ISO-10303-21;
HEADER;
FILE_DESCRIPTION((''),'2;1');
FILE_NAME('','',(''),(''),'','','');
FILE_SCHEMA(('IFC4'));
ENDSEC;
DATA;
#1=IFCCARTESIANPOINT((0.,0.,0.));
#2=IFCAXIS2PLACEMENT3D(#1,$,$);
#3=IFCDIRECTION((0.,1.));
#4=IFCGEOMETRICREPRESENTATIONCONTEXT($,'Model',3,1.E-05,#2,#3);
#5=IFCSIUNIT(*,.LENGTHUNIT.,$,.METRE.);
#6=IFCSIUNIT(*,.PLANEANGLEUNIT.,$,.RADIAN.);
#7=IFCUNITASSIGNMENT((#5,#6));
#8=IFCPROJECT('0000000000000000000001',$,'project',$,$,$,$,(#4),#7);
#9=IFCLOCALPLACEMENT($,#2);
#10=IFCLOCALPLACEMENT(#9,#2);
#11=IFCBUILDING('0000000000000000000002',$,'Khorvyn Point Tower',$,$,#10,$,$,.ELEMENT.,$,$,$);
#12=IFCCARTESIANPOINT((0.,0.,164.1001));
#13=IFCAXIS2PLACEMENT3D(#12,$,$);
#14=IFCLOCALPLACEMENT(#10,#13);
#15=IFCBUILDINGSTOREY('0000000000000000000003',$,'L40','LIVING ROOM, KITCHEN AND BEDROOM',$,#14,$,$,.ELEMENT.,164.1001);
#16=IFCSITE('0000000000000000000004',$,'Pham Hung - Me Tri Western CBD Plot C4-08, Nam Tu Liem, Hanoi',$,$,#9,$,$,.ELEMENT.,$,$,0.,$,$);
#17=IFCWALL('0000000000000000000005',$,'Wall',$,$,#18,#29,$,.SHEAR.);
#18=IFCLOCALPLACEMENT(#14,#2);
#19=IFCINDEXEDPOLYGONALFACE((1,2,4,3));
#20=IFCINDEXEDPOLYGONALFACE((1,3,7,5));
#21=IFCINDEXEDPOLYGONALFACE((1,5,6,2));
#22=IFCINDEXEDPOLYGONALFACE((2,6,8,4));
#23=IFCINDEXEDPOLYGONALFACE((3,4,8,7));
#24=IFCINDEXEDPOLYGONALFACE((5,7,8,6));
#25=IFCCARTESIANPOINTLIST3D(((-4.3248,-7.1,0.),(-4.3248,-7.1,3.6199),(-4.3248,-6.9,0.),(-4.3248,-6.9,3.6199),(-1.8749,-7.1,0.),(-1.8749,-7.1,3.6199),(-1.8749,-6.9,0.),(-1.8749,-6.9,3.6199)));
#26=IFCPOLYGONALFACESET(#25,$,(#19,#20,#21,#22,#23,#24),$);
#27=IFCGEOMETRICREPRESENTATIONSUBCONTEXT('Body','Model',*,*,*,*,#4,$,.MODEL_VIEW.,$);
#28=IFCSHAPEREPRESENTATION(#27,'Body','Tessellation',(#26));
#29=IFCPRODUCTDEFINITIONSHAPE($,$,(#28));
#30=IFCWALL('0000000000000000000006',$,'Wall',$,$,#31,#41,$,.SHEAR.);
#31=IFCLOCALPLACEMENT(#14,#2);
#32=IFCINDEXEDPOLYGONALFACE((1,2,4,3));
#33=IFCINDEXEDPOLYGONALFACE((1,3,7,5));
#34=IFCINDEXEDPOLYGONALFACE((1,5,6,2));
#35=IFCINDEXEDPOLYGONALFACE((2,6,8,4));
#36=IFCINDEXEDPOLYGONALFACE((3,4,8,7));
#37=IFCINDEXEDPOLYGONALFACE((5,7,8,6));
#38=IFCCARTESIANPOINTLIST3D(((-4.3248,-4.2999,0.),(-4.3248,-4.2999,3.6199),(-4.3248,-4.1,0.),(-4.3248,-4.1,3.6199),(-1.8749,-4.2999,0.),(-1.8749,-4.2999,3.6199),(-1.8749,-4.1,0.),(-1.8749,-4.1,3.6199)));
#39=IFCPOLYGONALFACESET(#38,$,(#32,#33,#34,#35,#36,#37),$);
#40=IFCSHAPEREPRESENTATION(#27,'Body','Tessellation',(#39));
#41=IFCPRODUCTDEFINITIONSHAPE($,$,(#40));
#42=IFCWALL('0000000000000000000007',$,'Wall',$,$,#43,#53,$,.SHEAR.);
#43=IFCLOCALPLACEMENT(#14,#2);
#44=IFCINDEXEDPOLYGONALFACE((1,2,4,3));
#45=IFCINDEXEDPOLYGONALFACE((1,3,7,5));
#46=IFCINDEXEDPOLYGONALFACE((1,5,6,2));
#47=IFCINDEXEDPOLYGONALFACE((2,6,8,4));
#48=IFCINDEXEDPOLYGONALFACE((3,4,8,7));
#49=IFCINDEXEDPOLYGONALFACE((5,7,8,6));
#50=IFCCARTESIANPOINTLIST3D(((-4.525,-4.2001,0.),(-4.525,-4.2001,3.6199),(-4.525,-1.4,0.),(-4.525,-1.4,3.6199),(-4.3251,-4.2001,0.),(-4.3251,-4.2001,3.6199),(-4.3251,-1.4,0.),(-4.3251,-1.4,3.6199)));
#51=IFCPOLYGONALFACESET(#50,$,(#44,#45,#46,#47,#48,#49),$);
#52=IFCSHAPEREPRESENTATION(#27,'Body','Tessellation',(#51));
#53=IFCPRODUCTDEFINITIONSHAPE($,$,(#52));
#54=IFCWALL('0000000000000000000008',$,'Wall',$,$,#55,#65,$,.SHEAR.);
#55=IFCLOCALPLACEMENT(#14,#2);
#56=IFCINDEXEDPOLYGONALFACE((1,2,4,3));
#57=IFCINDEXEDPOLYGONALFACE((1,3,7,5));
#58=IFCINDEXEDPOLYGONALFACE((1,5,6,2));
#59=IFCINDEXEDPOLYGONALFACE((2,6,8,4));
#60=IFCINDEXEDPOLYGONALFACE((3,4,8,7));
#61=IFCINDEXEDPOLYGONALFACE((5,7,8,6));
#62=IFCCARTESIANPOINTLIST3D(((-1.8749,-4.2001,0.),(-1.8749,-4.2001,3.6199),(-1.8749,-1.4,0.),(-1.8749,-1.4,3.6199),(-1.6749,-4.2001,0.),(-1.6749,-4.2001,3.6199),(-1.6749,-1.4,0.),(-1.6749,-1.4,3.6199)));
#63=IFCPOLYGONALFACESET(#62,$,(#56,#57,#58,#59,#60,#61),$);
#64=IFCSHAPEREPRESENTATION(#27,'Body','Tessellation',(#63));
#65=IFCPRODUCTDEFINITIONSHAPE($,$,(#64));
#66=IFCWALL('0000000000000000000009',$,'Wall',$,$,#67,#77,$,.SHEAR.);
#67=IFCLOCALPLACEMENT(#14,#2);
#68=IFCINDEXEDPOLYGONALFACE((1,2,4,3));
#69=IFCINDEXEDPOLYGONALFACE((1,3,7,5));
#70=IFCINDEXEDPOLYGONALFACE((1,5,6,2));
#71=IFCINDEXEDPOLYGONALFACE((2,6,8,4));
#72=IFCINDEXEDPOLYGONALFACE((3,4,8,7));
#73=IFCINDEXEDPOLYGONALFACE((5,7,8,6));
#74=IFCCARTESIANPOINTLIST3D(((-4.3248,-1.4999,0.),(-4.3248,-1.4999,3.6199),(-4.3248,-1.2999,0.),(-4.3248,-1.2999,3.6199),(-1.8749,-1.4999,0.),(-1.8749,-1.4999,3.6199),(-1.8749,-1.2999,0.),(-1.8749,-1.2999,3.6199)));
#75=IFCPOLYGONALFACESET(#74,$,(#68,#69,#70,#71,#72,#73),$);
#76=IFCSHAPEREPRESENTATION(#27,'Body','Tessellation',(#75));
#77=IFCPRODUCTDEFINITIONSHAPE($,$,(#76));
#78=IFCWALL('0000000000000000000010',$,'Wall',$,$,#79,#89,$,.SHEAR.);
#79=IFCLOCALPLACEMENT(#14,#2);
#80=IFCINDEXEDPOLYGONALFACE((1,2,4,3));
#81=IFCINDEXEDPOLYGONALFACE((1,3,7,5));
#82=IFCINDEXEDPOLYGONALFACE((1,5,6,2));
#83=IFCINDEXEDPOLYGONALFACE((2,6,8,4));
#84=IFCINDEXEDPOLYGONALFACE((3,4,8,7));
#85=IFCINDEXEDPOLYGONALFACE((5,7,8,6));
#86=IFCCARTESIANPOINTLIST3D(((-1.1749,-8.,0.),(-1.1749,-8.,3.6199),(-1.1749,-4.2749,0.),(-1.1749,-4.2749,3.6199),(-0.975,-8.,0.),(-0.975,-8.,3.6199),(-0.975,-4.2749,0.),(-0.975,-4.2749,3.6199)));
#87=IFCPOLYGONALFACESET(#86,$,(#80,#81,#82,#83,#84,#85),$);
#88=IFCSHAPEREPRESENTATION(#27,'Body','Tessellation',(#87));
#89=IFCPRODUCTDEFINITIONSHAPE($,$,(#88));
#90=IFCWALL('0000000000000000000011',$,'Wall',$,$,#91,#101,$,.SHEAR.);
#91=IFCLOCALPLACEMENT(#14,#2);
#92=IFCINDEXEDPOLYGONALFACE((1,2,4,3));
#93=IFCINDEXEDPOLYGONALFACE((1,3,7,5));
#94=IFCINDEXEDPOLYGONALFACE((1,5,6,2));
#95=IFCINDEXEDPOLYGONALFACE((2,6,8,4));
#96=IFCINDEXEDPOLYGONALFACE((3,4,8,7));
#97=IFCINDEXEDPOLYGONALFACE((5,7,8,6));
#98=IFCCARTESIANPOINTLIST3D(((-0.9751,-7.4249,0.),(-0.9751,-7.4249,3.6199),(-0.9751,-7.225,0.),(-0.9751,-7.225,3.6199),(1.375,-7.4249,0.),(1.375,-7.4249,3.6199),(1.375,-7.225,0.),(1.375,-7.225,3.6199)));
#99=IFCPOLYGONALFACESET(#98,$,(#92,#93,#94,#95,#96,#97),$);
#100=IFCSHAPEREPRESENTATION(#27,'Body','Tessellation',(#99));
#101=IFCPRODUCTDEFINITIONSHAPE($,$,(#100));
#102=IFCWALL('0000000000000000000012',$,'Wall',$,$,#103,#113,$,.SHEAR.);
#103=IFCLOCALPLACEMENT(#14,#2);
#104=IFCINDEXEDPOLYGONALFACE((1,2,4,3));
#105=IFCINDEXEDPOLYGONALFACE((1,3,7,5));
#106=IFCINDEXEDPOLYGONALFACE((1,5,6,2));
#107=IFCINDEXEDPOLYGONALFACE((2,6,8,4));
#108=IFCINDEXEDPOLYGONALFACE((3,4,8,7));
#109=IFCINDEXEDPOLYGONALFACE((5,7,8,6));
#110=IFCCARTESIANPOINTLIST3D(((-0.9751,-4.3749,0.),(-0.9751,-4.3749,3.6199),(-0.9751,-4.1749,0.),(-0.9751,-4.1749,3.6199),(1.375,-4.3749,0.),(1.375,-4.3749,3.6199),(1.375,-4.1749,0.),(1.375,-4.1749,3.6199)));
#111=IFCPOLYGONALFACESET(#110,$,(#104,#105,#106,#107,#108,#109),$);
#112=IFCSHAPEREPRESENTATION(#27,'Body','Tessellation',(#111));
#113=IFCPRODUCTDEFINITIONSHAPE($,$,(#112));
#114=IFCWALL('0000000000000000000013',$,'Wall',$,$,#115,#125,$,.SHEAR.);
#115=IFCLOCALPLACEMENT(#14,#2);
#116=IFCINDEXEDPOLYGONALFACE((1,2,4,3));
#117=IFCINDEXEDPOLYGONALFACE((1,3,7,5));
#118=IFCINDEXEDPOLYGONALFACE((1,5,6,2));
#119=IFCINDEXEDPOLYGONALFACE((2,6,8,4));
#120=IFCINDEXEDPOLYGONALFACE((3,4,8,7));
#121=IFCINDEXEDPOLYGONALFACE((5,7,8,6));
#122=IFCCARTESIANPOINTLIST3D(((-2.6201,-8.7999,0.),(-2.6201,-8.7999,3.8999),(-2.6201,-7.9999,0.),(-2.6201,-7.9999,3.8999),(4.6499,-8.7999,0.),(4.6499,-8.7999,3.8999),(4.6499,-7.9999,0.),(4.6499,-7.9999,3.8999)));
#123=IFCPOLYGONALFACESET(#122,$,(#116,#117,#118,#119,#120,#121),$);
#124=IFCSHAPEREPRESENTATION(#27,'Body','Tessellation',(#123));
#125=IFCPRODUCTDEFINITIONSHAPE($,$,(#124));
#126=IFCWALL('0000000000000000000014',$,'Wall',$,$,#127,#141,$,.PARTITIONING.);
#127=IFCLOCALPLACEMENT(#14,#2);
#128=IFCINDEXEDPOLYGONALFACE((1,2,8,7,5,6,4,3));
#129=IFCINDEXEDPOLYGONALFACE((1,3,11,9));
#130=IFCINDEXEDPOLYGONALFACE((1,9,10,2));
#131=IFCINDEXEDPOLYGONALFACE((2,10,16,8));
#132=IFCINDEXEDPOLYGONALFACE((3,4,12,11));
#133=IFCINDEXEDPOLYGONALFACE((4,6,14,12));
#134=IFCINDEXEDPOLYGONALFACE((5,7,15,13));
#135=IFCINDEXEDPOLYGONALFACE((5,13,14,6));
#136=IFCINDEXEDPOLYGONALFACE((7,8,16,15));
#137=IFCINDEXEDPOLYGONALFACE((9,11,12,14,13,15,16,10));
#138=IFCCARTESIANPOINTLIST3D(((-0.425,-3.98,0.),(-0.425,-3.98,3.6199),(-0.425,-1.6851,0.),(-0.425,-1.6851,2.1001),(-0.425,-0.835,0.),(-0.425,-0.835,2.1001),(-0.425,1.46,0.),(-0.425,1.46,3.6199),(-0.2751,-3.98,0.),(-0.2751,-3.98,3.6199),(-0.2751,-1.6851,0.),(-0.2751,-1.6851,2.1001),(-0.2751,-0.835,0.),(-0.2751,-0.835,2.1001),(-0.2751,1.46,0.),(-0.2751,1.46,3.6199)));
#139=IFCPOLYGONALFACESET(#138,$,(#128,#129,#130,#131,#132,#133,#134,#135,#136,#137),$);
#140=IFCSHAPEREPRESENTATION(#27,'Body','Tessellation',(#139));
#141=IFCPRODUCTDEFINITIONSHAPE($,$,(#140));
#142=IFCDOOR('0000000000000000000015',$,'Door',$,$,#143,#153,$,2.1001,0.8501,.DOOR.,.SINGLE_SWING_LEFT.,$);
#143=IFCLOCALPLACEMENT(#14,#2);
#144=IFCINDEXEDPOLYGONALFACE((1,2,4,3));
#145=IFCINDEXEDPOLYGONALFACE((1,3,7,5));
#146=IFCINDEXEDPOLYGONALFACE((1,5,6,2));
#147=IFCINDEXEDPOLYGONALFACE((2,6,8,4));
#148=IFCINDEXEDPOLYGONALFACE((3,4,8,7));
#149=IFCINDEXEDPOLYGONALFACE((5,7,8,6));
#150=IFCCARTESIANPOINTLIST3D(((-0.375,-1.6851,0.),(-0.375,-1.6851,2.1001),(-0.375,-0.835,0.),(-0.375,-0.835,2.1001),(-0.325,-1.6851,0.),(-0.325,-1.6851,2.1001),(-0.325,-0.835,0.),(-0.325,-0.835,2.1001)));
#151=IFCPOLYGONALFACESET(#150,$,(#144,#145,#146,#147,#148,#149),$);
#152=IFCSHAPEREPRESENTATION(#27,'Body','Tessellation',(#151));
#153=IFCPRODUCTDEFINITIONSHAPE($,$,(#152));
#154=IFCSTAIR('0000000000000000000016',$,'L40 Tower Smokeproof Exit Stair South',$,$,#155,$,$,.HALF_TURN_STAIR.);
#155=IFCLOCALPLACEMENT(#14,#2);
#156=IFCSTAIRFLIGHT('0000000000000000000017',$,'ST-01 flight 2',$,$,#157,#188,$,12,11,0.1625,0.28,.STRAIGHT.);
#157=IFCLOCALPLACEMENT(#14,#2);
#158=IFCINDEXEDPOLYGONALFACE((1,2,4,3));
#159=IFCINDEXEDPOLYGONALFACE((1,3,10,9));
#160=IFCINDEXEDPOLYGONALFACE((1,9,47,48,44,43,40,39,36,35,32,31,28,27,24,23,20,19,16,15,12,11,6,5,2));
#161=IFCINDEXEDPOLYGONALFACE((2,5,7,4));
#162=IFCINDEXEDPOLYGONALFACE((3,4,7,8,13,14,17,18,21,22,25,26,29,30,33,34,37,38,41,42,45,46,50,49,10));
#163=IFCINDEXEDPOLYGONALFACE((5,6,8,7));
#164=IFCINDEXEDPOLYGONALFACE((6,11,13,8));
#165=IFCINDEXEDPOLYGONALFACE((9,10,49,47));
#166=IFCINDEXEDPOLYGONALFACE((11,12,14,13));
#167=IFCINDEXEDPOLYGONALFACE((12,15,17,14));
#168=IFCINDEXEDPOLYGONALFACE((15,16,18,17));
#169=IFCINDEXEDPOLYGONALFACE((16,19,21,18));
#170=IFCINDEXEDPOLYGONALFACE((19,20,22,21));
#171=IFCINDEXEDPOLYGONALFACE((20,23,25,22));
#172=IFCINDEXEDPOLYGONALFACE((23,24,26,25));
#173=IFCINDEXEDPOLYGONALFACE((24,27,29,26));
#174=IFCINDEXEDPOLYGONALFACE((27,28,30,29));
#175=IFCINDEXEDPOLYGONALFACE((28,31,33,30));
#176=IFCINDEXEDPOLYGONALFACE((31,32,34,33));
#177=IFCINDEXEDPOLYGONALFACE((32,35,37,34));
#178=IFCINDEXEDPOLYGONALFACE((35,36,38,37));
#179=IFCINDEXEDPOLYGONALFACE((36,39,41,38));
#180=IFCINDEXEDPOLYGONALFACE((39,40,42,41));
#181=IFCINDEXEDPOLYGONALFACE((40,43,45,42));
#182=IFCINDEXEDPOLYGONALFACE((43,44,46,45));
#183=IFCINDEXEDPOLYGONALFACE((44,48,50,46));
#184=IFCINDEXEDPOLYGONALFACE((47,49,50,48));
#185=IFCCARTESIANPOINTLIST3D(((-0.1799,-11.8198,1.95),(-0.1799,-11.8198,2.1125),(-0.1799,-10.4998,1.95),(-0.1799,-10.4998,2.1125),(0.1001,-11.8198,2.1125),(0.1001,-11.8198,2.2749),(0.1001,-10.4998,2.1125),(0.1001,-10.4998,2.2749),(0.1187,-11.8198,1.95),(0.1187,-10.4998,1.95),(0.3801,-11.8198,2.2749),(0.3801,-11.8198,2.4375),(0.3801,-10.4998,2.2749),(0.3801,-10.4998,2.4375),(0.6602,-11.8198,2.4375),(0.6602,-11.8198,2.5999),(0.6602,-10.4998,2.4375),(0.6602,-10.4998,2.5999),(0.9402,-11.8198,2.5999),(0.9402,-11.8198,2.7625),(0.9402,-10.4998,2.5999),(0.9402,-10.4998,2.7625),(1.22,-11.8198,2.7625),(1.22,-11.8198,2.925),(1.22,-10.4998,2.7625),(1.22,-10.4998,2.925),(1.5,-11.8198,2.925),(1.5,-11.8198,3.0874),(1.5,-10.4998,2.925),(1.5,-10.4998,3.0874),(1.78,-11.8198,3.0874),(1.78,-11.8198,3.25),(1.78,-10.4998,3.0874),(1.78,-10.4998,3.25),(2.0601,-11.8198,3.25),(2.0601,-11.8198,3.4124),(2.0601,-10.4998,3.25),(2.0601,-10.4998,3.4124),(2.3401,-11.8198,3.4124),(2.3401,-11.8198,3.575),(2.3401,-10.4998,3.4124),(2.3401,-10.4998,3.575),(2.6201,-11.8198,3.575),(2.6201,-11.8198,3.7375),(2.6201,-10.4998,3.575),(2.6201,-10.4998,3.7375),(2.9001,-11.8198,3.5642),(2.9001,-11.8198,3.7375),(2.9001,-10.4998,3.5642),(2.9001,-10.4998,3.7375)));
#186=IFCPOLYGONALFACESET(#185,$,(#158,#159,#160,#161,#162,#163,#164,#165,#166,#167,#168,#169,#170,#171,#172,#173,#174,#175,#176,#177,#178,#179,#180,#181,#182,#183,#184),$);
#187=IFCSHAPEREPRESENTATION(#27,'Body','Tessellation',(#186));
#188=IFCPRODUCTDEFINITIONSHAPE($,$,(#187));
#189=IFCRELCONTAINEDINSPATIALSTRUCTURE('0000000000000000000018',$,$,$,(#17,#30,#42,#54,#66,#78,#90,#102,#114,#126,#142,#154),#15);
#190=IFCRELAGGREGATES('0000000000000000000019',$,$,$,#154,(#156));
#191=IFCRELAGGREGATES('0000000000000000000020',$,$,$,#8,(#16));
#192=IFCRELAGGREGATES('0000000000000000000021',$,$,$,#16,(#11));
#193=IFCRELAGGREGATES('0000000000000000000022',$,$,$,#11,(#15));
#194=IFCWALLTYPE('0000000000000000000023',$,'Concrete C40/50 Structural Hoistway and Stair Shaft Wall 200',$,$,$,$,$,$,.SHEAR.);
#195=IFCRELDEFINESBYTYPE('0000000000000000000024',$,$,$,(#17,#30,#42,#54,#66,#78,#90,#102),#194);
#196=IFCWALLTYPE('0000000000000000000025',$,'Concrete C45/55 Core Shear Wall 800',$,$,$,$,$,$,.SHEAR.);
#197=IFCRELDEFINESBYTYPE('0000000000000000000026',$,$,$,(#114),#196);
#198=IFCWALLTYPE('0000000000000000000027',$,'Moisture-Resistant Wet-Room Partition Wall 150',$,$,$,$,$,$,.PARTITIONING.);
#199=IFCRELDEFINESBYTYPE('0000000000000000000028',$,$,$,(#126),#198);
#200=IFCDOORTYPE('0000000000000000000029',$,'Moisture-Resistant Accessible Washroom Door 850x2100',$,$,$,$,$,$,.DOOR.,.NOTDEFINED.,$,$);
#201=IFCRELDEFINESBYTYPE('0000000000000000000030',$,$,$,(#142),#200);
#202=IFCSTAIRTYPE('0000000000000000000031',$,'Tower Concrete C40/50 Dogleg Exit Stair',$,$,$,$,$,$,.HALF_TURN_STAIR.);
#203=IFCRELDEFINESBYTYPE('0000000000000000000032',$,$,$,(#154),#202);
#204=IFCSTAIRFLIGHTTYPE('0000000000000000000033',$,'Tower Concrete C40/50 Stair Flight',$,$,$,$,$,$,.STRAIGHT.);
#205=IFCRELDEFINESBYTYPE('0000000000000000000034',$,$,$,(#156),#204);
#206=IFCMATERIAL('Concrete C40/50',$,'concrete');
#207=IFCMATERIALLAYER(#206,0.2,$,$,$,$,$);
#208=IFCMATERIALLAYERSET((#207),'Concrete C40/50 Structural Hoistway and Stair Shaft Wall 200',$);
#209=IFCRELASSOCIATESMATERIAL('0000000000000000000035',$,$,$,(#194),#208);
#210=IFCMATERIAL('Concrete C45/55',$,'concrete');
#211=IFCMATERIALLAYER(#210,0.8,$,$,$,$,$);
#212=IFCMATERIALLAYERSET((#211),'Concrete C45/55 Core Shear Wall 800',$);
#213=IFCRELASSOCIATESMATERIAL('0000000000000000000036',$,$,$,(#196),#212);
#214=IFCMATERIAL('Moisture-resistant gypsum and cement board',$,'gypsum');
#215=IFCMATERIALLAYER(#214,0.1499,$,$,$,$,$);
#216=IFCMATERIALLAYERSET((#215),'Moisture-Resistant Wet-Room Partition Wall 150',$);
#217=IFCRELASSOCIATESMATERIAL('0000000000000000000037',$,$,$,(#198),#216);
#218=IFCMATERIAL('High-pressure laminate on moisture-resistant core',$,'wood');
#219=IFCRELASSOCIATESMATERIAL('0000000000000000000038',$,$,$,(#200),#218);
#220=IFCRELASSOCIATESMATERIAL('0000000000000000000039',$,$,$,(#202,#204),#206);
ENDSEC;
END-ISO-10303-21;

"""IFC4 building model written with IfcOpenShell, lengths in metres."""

from ifc_helpers import new_model, si_unit, direction, frame, frame_2d, origin, place, context, subcontext, project, spatial, polyline, rectangle, outline, extrude, material, layer, layer_set, type_object, element, fill, aggregate, save


model = new_model("IFC4")

# Units and contexts
model_context = context("Model", 3, precision=1e-05, world=origin(), true_north=direction((0.0, 1.0)))
body_context = subcontext(model_context, "Body", "Model", "MODEL_VIEW")
ifc_project = project(units=[si_unit("LENGTHUNIT", "METRE"), si_unit("PLANEANGLEUNIT", "RADIAN")], contexts=[model_context])

# Site, building, storey
site_placement = place(None, origin())
site = spatial("IfcSite", under=ifc_project, at=site_placement, Name="Pham Hung - Me Tri Western CBD Plot C4-08, Nam Tu Liem, Hanoi", CompositionType="ELEMENT", RefElevation=0.0)
building_placement = place(site_placement, origin())
building = spatial("IfcBuilding", under=site, at=building_placement, Name="Khorvyn Point Tower", CompositionType="ELEMENT")
storey_placement = place(building_placement, frame((0.0, 0.0, 164.1001)))
storey = spatial("IfcBuildingStorey", under=building, at=storey_placement, Name="L40", Description="LIVING ROOM, KITCHEN AND BEDROOM", CompositionType="ELEMENT", Elevation=164.1001)

# Shared definitions
ifc_material_1 = material(Name="Concrete C40/50", Category="concrete")

# Walls
ifc_layer_1 = layer(ifc_material_1, 0.2)
ifc_layer_set_1 = layer_set([ifc_layer_1], Name="Concrete C40/50 Structural Hoistway and Stair Shaft Wall 200")
wall_type_1 = type_object("IfcWallType", Name="Concrete C40/50 Structural Hoistway and Stair Shaft Wall 200", PredefinedType="SHEAR", material=ifc_layer_set_1)
for number, where, z_axis, x_axis, name in (
    (1, (-4.325, -7.0, 0.0), (0.0, 0.0, 1.0), (1.0, 0.0, 0.0), "Wall"),
    (2, (-4.325, -4.2, 0.0), (0.0, 0.0, 1.0), (1.0, 0.0, 0.0), "Wall"),
):
    element("IfcWall", number, at=place(storey_placement, frame(where, z_axis=z_axis, x_axis=x_axis)), inside=storey, type_object=wall_type_1, Name=name, PredefinedType="SHEAR", context=body_context, shape_type="SweptSolid", body=[
        extrude(rectangle(XDim=2.45, YDim=0.2, at=frame_2d((1.2251, 0.0))), origin(), (0.0, 0.0, 1.0), 3.6199),
    ])
for number, where, z_axis, x_axis, name in (
    (3, (-4.425, -4.2, 0.0), (0.0, 0.0, 1.0), (0.0, 1.0, 0.0), "Wall"),
    (4, (-1.7749, -4.2, 0.0), (0.0, 0.0, 1.0), (0.0, 1.0, 0.0), "Wall"),
):
    element("IfcWall", number, at=place(storey_placement, frame(where, z_axis=z_axis, x_axis=x_axis)), inside=storey, type_object=wall_type_1, Name=name, PredefinedType="SHEAR", context=body_context, shape_type="SweptSolid", body=[
        extrude(rectangle(XDim=2.8, YDim=0.2, at=frame_2d((1.3999, 0.0))), origin(), (0.0, 0.0, 1.0), 3.6199),
    ])
wall_1_placement = place(storey_placement, frame((-4.325, -1.3999, 0.0), z_axis=(0.0, 0.0, 1.0), x_axis=(1.0, 0.0, 0.0)))
element("IfcWall", 5, at=wall_1_placement, inside=storey, type_object=wall_type_1, Name="Wall", PredefinedType="SHEAR", context=body_context, shape_type="SweptSolid", body=[
    extrude(rectangle(XDim=2.45, YDim=0.2, at=frame_2d((1.2251, 0.0))), origin(), (0.0, 0.0, 1.0), 3.6199),
])
wall_2_placement = place(storey_placement, frame((-1.075, -8.0, 0.0), z_axis=(0.0, 0.0, 1.0), x_axis=(0.0, 1.0, 0.0)))
element("IfcWall", 6, at=wall_2_placement, inside=storey, type_object=wall_type_1, Name="Wall", PredefinedType="SHEAR", context=body_context, shape_type="SweptSolid", body=[
    extrude(rectangle(XDim=3.7251, YDim=0.2, at=frame_2d((1.8625, 0.0))), origin(), (0.0, 0.0, 1.0), 3.6199),
])
for number, where, z_axis, x_axis, name in (
    (7, (-0.9751, -7.325, 0.0), (0.0, 0.0, 1.0), (1.0, 0.0, 0.0), "Wall"),
    (8, (-0.9751, -4.2749, 0.0), (0.0, 0.0, 1.0), (1.0, 0.0, 0.0), "Wall"),
):
    element("IfcWall", number, at=place(storey_placement, frame(where, z_axis=z_axis, x_axis=x_axis)), inside=storey, type_object=wall_type_1, Name=name, PredefinedType="SHEAR", context=body_context, shape_type="SweptSolid", body=[
        extrude(rectangle(XDim=2.3501, YDim=0.2, at=frame_2d((1.175, 0.0))), origin(), (0.0, 0.0, 1.0), 3.6199),
    ])
ifc_material_2 = material(Name="Concrete C45/55", Category="concrete")
ifc_layer_2 = layer(ifc_material_2, 0.8)
ifc_layer_set_2 = layer_set([ifc_layer_2], Name="Concrete C45/55 Core Shear Wall 800")
wall_type_2 = type_object("IfcWallType", Name="Concrete C45/55 Core Shear Wall 800", PredefinedType="SHEAR", material=ifc_layer_set_2)
wall_3_placement = place(storey_placement, frame((-2.6201, -8.3999, 0.0), z_axis=(0.0, 0.0, 1.0), x_axis=(1.0, 0.0, 0.0)))
element("IfcWall", 9, at=wall_3_placement, inside=storey, type_object=wall_type_2, Name="Wall", PredefinedType="SHEAR", context=body_context, shape_type="SweptSolid", body=[
    extrude(rectangle(XDim=7.27, YDim=0.8, at=frame_2d((3.635, 0.0))), origin(), (0.0, 0.0, 1.0), 3.8999),
])

# Wall, opening, door
ifc_material_3 = material(Name="Moisture-resistant gypsum and cement board", Category="gypsum")
ifc_layer_3 = layer(ifc_material_3, 0.1499)
ifc_layer_set_3 = layer_set([ifc_layer_3], Name="Moisture-Resistant Wet-Room Partition Wall 150")
wall_type_3 = type_object("IfcWallType", Name="Moisture-Resistant Wet-Room Partition Wall 150", PredefinedType="PARTITIONING", material=ifc_layer_set_3)
wall_4_placement = place(storey_placement, frame((-0.3501, -3.98, 0.0), z_axis=(0.0, 0.0, 1.0), x_axis=(0.0, 1.0, 0.0)))
wall_4 = element("IfcWall", 10, at=wall_4_placement, inside=storey, type_object=wall_type_3, Name="Wall", PredefinedType="PARTITIONING", context=body_context, shape_type="SweptSolid", body=[
    extrude(rectangle(XDim=5.4399, YDim=0.1499, at=frame_2d((2.72, 0.0))), origin(), (0.0, 0.0, 1.0), 3.6199),
])
opening_1_placement = place(wall_4_placement, frame((2.2949, 0.0, 0.0)))
opening_1 = element("IfcOpeningElement", 11, at=opening_1_placement, cuts=wall_4, PredefinedType="OPENING", context=body_context, shape_type="SweptSolid", body=[
    extrude(rectangle(XDim=0.8501, YDim=2.1001, at=frame_2d((0.425, 1.05))), frame((0.0, 0.085, 0.0), z_axis=(0.0, -1.0, 0.0), x_axis=(1.0, 0.0, 0.0)), (0.0, 0.0, 1.0), 0.1699),
])
ifc_material_4 = material(Name="High-pressure laminate on moisture-resistant core", Category="wood")
door_type_1 = type_object("IfcDoorType", Name="Moisture-Resistant Accessible Washroom Door 850x2100", OperationType="NOTDEFINED", PredefinedType="DOOR", material=ifc_material_4)
door_1_placement = place(opening_1_placement, origin())
door_1 = element("IfcDoor", 12, at=door_1_placement, inside=storey, type_object=door_type_1, Name="Door", OperationType="SINGLE_SWING_LEFT", OverallHeight=2.1001, OverallWidth=0.8501, PredefinedType="DOOR", context=body_context, shape_type="SweptSolid", body=[
    extrude(rectangle(XDim=0.8501, YDim=2.1001, at=frame_2d((0.425, 1.05))), frame((0.0, 0.0249, 0.0), z_axis=(0.0, -1.0, 0.0), x_axis=(1.0, 0.0, 0.0)), (0.0, 0.0, 1.0), 0.05),
])
fill(opening_1, door_1)

# Stair, stair flight
stair_type = type_object("IfcStairType", Name="Tower Concrete C40/50 Dogleg Exit Stair", PredefinedType="HALF_TURN_STAIR", material=ifc_material_1)
stair_placement = place(storey_placement, origin())
stair = element("IfcStair", 13, at=stair_placement, inside=storey, type_object=stair_type, Name="L40 Tower Smokeproof Exit Stair South", PredefinedType="HALF_TURN_STAIR")
stair_flight_type = type_object("IfcStairFlightType", Name="Tower Concrete C40/50 Stair Flight", PredefinedType="STRAIGHT", material=ifc_material_1)
stair_flight_placement = place(storey_placement, frame((-0.1799, -11.1599, 1.95), z_axis=(0.0, 0.0, 1.0), x_axis=(1.0, 0.0, 0.0)))
stair_flight = element("IfcStairFlight", 14, at=stair_flight_placement, type_object=stair_flight_type, Name="ST-01 flight 2", NumberOfRisers=12, NumberOfTreads=11, PredefinedType="STRAIGHT", RiserHeight=0.1625, TreadLength=0.28, context=body_context, shape_type="SweptSolid", body=[
    extrude(outline(polyline([(0.0, 0.0), (0.0, 0.1626), (0.28, 0.1626), (0.28, 0.325), (0.5601, 0.325), (0.5601, 0.4875), (0.8401, 0.4875), (0.8401, 0.6499), (1.1201, 0.6499), (1.1201, 0.8125), (1.3999, 0.8125), (1.3999, 0.9751), (1.6799, 0.9751), (1.6799, 1.1375), (1.96, 1.1375), (1.96, 1.3), (2.24, 1.3), (2.24, 1.4624), (2.52, 1.4624), (2.52, 1.625), (2.8, 1.625), (2.8, 1.7876), (3.0801, 1.7876), (3.0801, 1.95), (3.0801, 1.6143), (0.2986, 0.0), (0.0, 0.0)])), frame((0.0, 0.6602, 0.0), z_axis=(0.0, -1.0, 0.0), x_axis=(1.0, 0.0, 0.0)), (0.0, 0.0, 1.0), 1.3201),
])
aggregate(stair, [stair_flight])

save(model, "model.ifc")
